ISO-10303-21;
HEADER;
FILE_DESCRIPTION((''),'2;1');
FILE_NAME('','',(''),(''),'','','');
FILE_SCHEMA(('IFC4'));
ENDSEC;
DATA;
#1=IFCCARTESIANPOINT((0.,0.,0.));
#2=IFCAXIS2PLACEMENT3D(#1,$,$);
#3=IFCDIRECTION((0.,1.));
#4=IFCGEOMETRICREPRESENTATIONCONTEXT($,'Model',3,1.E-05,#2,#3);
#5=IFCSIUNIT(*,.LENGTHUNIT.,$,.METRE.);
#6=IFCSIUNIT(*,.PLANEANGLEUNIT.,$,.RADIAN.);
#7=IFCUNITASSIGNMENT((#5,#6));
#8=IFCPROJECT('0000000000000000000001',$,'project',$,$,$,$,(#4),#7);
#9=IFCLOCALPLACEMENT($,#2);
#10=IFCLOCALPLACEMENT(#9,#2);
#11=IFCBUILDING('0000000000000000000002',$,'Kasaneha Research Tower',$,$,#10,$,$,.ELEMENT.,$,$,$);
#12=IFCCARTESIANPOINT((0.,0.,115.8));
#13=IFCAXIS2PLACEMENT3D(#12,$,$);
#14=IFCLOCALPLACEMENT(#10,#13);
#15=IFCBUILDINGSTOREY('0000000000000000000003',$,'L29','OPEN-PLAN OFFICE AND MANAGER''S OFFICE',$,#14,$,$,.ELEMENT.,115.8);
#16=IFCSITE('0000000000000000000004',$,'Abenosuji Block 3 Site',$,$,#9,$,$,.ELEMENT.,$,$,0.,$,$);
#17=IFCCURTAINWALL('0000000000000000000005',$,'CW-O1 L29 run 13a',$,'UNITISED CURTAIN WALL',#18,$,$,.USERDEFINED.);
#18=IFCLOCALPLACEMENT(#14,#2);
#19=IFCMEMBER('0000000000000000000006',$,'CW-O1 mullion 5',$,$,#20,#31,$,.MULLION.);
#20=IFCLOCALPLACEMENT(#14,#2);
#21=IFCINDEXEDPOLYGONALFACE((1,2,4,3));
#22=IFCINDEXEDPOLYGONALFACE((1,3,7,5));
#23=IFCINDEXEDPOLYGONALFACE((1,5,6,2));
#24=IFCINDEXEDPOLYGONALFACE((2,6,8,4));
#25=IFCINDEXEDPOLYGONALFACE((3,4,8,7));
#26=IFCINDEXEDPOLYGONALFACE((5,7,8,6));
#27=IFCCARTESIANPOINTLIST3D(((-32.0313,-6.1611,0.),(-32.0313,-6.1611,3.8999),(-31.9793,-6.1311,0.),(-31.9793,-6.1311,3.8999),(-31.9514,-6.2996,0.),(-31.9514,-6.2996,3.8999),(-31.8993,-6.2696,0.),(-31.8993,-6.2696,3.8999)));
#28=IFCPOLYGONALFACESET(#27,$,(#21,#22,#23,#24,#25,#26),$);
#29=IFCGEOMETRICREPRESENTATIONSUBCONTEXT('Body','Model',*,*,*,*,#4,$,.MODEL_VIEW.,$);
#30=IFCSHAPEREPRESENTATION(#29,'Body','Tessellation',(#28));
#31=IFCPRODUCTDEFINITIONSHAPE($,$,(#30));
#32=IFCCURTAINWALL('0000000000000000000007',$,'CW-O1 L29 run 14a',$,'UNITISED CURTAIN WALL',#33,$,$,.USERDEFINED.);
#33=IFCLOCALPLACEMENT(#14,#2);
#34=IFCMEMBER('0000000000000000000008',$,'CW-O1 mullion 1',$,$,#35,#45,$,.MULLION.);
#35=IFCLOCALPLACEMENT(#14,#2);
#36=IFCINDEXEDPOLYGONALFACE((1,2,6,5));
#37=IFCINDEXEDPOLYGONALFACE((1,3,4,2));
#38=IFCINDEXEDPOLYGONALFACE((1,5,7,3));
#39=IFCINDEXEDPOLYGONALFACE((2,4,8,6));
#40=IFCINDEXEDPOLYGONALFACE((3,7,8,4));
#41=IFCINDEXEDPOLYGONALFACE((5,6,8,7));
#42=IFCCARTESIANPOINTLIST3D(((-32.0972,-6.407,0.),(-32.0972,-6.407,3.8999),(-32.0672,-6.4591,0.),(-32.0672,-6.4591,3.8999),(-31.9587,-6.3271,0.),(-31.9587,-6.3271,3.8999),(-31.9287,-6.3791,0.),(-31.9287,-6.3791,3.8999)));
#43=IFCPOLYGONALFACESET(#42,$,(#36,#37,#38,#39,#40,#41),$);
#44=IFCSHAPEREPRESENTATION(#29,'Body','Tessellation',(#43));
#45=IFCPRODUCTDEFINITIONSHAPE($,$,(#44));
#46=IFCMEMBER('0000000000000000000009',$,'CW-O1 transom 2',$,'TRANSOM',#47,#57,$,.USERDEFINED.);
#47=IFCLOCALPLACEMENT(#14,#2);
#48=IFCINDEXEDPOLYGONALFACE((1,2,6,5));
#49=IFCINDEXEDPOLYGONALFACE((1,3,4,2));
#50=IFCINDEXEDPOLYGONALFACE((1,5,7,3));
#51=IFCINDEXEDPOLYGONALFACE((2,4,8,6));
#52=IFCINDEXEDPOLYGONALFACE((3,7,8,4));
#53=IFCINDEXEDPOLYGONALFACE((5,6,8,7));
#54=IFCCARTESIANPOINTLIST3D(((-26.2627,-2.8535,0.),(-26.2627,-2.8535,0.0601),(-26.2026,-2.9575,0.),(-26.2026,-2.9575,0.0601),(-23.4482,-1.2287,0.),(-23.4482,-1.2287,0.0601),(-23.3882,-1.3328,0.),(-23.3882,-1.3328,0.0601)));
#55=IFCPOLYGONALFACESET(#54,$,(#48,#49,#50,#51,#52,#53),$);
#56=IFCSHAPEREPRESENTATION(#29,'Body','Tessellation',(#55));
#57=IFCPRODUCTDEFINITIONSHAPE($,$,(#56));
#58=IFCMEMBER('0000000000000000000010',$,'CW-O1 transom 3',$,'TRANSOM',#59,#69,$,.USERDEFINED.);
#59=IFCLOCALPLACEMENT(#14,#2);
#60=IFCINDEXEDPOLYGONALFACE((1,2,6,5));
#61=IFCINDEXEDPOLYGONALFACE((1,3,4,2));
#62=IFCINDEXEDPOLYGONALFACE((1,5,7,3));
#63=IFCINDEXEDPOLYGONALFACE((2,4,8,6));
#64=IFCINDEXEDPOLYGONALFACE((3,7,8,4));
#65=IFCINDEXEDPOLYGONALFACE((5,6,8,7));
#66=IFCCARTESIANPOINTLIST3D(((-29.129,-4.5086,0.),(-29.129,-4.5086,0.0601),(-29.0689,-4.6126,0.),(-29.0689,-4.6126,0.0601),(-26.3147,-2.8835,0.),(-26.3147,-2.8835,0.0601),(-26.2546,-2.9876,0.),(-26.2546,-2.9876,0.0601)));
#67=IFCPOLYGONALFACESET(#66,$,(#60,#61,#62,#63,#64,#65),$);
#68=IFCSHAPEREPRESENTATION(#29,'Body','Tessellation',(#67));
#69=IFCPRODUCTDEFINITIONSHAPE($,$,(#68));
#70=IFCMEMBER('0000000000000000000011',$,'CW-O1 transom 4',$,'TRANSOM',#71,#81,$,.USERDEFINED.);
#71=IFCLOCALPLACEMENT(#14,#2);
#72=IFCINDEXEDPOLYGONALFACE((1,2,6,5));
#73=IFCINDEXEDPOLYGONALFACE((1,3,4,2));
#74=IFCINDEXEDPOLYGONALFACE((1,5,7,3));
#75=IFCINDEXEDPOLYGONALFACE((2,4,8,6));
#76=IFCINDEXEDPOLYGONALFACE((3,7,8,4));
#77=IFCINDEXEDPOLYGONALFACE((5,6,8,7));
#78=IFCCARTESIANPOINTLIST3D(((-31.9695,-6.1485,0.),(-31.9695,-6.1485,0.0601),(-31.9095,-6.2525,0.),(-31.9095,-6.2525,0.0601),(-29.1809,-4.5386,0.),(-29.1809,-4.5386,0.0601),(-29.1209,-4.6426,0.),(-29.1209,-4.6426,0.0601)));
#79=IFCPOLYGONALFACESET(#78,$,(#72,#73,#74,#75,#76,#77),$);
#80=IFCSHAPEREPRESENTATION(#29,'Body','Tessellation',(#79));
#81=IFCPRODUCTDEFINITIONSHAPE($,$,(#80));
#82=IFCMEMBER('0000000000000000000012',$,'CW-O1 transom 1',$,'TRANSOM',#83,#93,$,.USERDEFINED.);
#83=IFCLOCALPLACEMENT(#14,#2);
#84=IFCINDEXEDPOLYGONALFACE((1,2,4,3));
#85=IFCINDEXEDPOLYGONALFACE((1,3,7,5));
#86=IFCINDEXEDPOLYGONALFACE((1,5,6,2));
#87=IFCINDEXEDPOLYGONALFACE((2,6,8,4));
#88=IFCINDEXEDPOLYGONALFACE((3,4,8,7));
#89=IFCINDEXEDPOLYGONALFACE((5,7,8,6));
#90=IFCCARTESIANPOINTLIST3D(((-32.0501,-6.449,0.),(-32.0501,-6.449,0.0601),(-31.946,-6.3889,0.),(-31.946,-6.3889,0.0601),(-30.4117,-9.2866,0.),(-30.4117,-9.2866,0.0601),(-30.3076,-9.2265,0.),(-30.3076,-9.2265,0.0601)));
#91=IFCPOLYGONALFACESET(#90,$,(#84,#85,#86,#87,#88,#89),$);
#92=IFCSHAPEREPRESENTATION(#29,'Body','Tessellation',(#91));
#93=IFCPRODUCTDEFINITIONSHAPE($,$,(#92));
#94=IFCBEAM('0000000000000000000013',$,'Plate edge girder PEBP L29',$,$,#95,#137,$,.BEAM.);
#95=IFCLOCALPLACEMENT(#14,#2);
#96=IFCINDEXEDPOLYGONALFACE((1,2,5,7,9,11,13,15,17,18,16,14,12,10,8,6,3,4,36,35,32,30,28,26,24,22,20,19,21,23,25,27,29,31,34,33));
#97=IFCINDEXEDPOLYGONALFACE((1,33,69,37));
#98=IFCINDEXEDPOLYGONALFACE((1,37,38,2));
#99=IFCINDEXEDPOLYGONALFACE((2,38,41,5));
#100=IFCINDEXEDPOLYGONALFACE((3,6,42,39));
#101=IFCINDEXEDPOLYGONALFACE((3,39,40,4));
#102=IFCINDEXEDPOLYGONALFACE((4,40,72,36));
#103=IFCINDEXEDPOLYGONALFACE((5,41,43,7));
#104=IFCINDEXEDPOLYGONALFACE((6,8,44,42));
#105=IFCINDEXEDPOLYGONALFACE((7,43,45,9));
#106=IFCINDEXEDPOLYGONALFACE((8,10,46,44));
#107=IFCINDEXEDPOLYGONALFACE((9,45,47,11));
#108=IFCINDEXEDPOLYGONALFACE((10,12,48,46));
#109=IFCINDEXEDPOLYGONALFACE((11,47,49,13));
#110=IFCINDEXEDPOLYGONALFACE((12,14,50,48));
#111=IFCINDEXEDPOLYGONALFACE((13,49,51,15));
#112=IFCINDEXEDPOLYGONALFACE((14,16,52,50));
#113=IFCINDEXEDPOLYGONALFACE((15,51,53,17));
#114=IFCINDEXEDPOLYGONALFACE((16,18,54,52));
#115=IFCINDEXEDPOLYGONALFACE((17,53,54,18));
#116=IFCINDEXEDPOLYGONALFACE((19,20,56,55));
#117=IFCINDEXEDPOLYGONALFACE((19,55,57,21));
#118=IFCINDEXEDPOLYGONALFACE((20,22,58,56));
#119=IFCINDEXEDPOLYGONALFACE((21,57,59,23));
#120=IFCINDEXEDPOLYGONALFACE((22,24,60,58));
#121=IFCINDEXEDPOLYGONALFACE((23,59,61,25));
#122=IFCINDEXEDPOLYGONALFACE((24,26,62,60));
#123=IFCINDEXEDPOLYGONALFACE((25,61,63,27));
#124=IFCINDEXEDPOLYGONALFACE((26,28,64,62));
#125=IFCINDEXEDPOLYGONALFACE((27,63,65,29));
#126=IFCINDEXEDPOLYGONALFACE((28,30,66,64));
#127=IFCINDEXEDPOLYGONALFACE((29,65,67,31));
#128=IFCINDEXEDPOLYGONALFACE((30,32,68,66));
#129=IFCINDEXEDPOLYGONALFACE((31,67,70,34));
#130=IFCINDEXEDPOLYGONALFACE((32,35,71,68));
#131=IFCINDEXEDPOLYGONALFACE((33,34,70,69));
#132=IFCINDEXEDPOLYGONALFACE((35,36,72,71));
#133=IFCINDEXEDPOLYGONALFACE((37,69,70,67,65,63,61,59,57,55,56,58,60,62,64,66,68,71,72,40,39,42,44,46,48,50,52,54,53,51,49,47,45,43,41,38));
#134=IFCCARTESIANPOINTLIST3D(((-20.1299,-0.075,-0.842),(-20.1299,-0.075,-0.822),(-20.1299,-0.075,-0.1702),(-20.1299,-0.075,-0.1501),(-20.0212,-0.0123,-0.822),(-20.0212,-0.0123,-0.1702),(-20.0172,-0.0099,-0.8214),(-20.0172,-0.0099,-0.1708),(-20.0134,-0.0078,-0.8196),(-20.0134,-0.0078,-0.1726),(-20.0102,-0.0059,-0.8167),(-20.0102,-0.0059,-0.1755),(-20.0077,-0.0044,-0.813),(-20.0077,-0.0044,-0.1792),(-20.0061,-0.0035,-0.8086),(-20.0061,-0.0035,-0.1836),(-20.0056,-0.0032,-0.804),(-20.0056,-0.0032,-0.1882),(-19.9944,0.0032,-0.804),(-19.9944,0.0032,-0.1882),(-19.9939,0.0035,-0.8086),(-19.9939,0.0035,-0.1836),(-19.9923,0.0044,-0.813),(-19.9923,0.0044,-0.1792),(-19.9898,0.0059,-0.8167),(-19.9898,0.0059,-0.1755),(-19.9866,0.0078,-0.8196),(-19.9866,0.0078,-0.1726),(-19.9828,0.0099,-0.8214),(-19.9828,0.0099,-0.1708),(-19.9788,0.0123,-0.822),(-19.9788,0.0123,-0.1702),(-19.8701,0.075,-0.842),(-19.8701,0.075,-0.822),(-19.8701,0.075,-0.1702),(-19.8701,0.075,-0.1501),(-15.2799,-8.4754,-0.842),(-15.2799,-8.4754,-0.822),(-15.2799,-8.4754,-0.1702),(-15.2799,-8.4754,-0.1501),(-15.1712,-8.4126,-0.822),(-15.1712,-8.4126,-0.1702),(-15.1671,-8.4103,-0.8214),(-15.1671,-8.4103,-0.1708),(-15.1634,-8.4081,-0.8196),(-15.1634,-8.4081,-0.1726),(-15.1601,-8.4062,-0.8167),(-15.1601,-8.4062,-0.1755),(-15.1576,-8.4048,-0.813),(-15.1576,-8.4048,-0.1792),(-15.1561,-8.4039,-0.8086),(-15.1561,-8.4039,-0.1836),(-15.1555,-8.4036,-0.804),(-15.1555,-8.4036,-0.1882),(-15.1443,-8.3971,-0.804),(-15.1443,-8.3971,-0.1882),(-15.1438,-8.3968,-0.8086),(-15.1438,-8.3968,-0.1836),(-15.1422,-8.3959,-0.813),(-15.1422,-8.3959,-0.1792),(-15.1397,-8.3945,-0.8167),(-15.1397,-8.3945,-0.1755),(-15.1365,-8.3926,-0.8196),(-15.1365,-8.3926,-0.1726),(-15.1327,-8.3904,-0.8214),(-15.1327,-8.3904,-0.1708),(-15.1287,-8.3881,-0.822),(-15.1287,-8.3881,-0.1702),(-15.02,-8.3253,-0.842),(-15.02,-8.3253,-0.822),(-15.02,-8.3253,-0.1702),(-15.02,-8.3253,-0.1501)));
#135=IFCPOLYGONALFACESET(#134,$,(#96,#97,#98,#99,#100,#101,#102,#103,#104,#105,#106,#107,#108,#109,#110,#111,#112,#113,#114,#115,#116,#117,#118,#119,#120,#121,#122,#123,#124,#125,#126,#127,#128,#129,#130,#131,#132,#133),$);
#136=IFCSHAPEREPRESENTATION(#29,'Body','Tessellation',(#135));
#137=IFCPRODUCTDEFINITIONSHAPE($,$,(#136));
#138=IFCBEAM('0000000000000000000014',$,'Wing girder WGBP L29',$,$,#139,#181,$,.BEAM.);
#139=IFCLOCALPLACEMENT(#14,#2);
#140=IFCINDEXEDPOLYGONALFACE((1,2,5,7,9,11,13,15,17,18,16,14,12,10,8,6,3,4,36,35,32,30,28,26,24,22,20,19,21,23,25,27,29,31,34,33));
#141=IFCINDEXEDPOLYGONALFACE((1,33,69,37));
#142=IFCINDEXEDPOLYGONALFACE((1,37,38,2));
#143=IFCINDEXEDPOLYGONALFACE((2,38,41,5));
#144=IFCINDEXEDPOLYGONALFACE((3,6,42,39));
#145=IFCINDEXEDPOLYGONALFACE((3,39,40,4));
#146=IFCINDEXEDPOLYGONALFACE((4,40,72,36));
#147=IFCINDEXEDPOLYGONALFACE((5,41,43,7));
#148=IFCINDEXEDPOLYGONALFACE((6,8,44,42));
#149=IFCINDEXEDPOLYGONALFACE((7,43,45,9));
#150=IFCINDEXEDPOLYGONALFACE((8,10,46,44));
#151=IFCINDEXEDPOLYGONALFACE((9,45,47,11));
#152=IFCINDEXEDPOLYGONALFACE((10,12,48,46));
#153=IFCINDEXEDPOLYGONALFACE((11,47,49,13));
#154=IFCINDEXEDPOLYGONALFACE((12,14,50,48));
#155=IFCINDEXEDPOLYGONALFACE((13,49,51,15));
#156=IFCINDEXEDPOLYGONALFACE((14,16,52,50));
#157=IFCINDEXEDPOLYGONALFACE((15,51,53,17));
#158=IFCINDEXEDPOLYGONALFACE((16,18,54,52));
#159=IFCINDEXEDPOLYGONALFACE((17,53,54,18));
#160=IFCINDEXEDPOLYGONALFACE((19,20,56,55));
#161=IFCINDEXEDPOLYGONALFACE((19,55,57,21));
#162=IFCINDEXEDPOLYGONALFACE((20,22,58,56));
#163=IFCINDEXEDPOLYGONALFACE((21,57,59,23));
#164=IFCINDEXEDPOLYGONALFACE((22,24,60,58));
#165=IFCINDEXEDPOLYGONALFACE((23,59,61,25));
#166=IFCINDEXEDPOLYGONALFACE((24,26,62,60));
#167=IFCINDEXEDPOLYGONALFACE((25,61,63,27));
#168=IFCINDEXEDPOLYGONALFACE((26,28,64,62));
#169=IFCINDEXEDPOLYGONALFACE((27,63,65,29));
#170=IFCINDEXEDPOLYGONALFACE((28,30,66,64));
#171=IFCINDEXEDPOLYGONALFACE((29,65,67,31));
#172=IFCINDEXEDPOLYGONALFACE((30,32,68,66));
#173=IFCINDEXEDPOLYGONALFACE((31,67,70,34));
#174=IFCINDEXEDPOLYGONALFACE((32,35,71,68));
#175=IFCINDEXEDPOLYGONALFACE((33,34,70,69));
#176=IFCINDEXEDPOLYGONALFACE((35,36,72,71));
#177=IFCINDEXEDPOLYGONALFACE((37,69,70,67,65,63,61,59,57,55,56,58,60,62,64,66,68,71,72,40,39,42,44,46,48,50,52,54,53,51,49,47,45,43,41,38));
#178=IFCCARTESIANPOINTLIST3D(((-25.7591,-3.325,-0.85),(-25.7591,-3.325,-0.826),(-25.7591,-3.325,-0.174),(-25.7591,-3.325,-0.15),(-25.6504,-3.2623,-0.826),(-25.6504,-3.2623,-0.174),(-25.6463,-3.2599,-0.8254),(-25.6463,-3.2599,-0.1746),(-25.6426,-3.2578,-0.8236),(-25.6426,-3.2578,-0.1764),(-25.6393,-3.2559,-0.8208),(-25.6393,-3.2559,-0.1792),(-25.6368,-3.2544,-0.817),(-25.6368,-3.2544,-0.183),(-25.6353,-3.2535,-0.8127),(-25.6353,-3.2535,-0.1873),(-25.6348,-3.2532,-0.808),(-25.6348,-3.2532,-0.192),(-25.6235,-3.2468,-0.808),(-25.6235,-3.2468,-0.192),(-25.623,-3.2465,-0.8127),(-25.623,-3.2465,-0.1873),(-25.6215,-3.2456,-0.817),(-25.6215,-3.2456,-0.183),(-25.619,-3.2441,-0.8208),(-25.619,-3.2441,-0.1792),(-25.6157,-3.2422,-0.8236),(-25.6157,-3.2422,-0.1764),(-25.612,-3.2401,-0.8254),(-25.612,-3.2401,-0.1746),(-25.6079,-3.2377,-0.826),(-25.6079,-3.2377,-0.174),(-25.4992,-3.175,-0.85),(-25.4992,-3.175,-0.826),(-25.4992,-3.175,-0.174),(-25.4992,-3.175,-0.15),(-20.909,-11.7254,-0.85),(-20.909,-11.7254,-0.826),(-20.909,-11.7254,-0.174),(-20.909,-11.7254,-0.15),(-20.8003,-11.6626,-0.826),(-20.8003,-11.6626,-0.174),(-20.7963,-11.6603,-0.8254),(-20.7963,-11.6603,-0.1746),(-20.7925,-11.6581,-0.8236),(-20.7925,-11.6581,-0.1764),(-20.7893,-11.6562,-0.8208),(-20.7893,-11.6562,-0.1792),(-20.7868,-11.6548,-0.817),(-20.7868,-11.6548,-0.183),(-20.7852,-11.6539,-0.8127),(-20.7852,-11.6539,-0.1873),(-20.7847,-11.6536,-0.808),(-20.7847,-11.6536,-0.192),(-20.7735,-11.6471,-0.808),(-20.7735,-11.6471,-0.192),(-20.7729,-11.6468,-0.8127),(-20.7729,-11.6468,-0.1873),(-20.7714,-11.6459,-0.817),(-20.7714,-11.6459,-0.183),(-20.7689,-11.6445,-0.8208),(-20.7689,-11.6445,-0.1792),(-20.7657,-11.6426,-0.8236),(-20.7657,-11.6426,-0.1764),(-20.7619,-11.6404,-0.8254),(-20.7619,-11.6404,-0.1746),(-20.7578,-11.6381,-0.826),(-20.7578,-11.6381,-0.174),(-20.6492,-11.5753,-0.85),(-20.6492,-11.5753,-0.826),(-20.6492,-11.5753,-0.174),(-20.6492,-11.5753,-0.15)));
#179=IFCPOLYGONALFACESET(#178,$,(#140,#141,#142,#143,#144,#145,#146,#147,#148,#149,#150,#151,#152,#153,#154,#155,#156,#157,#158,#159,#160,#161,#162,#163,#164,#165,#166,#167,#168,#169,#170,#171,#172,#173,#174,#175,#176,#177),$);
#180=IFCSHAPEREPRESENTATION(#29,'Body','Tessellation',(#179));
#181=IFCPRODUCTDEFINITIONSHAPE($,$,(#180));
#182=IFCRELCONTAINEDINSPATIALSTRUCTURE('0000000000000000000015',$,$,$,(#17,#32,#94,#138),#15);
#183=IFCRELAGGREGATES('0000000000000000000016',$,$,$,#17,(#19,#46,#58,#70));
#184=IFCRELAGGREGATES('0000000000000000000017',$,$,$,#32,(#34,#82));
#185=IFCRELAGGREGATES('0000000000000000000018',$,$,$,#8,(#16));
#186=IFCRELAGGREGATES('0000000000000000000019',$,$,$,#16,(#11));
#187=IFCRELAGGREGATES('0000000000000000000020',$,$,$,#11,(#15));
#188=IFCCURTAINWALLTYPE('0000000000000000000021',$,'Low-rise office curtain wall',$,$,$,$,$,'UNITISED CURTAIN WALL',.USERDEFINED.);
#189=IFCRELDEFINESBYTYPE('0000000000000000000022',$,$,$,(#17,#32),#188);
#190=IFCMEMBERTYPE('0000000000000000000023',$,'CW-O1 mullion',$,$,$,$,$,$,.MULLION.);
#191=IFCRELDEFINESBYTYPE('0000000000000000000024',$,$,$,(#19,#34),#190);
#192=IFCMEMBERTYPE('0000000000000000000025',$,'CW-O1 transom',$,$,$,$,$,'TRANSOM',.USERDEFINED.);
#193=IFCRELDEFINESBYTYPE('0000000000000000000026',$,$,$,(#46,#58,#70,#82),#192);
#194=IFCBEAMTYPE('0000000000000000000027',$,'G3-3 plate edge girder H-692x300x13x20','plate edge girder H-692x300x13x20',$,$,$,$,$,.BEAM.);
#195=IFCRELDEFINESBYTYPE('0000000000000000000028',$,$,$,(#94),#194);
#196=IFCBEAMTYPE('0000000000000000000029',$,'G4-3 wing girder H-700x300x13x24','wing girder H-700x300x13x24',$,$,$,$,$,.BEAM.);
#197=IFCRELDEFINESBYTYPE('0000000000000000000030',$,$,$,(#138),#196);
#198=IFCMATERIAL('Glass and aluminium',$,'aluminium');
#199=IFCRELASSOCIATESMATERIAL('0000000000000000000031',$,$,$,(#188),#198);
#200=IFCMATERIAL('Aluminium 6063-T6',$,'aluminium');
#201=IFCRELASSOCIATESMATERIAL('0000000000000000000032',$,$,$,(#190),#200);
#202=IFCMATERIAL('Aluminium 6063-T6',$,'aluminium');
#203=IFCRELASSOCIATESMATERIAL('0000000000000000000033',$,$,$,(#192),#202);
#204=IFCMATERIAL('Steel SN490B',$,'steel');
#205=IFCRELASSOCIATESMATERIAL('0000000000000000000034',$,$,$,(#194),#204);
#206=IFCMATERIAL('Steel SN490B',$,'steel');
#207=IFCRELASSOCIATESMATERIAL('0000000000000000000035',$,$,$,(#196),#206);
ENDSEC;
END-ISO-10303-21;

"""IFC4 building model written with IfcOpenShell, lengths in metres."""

from ifc_helpers import new_model, si_unit, direction, frame, origin, origin_2d, place, context, subcontext, project, spatial, rectangle, i_section, extrude, material, material_profile, profile_set, type_object, element, aggregate, save


model = new_model("IFC4")

# Units and contexts
model_context = context("Model", 3, precision=1e-05, world=origin(), true_north=direction((0.0, 1.0)))
body_context = subcontext(model_context, "Body", "Model", "MODEL_VIEW")
ifc_project = project(units=[si_unit("LENGTHUNIT", "METRE"), si_unit("PLANEANGLEUNIT", "RADIAN")], contexts=[model_context])

# Site, building, storey
site_placement = place(None, origin())
site = spatial("IfcSite", under=ifc_project, at=site_placement, Name="Abenosuji Block 3 Site", CompositionType="ELEMENT", RefElevation=0.0)
building_placement = place(site_placement, origin())
building = spatial("IfcBuilding", under=site, at=building_placement, Name="Kasaneha Research Tower", CompositionType="ELEMENT")
storey_placement = place(building_placement, frame((0.0, 0.0, 115.8)))
storey = spatial("IfcBuildingStorey", under=building, at=storey_placement, Name="L29", Description="OPEN-PLAN OFFICE AND MANAGER'S OFFICE", CompositionType="ELEMENT", Elevation=115.8)

# Curtain wall, member
ifc_material_1 = material(Name="Glass and aluminium", Category="aluminium")
curtain_wall_type = type_object("IfcCurtainWallType", Name="Low-rise office curtain wall", ElementType="UNITISED CURTAIN WALL", PredefinedType="USERDEFINED", material=ifc_material_1)
curtain_wall_1_placement = place(storey_placement, origin())
curtain_wall_1 = element("IfcCurtainWall", 1, at=curtain_wall_1_placement, inside=storey, type_object=curtain_wall_type, Name="CW-O1 L29 run 13a", ObjectType="UNITISED CURTAIN WALL", PredefinedType="USERDEFINED")
ifc_material_2 = material(Name="Aluminium 6063-T6", Category="aluminium")
ifc_material_profile_1 = material_profile(ifc_material_2, rectangle(XDim=0.0601, YDim=0.1599, at=origin_2d()), Name="CW-O1 mullion 60x160")
ifc_profile_set_1 = profile_set([ifc_material_profile_1], Name="Aluminium 6063-T6")
member_type_1 = type_object("IfcMemberType", Name="CW-O1 mullion", PredefinedType="MULLION", material=ifc_profile_set_1)
member_1_placement = place(storey_placement, frame((-31.9653, -6.2153, 0.0), z_axis=(0.0, 0.0, 1.0), x_axis=(-0.866025, -0.5, 0.0)))
member_1 = element("IfcMember", 2, at=member_1_placement, type_object=member_type_1, Name="CW-O1 mullion 5", PredefinedType="MULLION", context=body_context, shape_type="SweptSolid", body=[
    extrude(rectangle(XDim=0.0601, YDim=0.1599, at=origin_2d()), origin(), (0.0, 0.0, 1.0), 3.8999),
])

# Curtain wall, member
curtain_wall_2_placement = place(storey_placement, origin())
curtain_wall_2 = element("IfcCurtainWall", 3, at=curtain_wall_2_placement, inside=storey, type_object=curtain_wall_type, Name="CW-O1 L29 run 14a", ObjectType="UNITISED CURTAIN WALL", PredefinedType="USERDEFINED")
member_2_placement = place(storey_placement, frame((-32.0129, -6.3931, 0.0), z_axis=(0.0, 0.0, 1.0), x_axis=(0.5, -0.866025, 0.0)))
member_2 = element("IfcMember", 4, at=member_2_placement, type_object=member_type_1, Name="CW-O1 mullion 1", PredefinedType="MULLION", context=body_context, shape_type="SweptSolid", body=[
    extrude(rectangle(XDim=0.0601, YDim=0.1599, at=origin_2d()), origin(), (0.0, 0.0, 1.0), 3.8999),
])

# Members
ifc_material_3 = material(Name="Aluminium 6063-T6", Category="aluminium")
ifc_material_profile_2 = material_profile(ifc_material_3, rectangle(XDim=0.1201, YDim=0.0601, at=origin_2d()), Name="CW-O1 transom 120x60")
ifc_profile_set_2 = profile_set([ifc_material_profile_2], Name="Aluminium 6063-T6")
member_type_2 = type_object("IfcMemberType", Name="CW-O1 transom", ElementType="TRANSOM", PredefinedType="USERDEFINED", material=ifc_profile_set_2)
member_3_placement = place(storey_placement, frame((-23.4182, -1.2808, 0.03), z_axis=(-0.866048, -0.499961, 0.0), x_axis=(0.499961, -0.866048, 0.0)))
member_3 = element("IfcMember", 5, at=member_3_placement, type_object=member_type_2, Name="CW-O1 transom 2", ObjectType="TRANSOM", PredefinedType="USERDEFINED", context=body_context, shape_type="SweptSolid", body=[
    extrude(rectangle(XDim=0.1201, YDim=0.0601, at=origin_2d()), origin(), (0.0, 0.0, 1.0), 3.2498),
])
member_4_placement = place(storey_placement, frame((-26.2847, -2.9355, 0.03), z_axis=(-0.865997, -0.50005, 0.0), x_axis=(0.50005, -0.865997, 0.0)))
member_4 = element("IfcMember", 6, at=member_4_placement, type_object=member_type_2, Name="CW-O1 transom 3", ObjectType="TRANSOM", PredefinedType="USERDEFINED", context=body_context, shape_type="SweptSolid", body=[
    extrude(rectangle(XDim=0.1201, YDim=0.0601, at=origin_2d()), origin(), (0.0, 0.0, 1.0), 3.2498),
])
member_5_placement = place(storey_placement, frame((-29.1509, -4.5906, 0.03), z_axis=(-0.866042, -0.499972, 0.0), x_axis=(0.499972, -0.866042, 0.0)))
member_5 = element("IfcMember", 7, at=member_5_placement, type_object=member_type_2, Name="CW-O1 transom 4", ObjectType="TRANSOM", PredefinedType="USERDEFINED", context=body_context, shape_type="SweptSolid", body=[
    extrude(rectangle(XDim=0.1201, YDim=0.0601, at=origin_2d()), origin(), (0.0, 0.0, 1.0), 3.22),
])
member_6_placement = place(storey_placement, frame((-31.998, -6.4189, 0.03), z_axis=(0.500026, -0.866011, 0.0), x_axis=(0.866011, 0.500026, 0.0)))
member_6 = element("IfcMember", 8, at=member_6_placement, type_object=member_type_2, Name="CW-O1 transom 1", ObjectType="TRANSOM", PredefinedType="USERDEFINED", context=body_context, shape_type="SweptSolid", body=[
    extrude(rectangle(XDim=0.1201, YDim=0.0601, at=origin_2d()), origin(), (0.0, 0.0, 1.0), 3.2766),
])

# Beams
ifc_material_4 = material(Name="Steel SN490B", Category="steel")
ifc_material_profile_3 = material_profile(ifc_material_4, i_section(OverallWidth=0.3, OverallDepth=0.6919, WebThickness=0.0129, FlangeThickness=0.02, FilletRadius=0.0181, at=origin_2d()), Name="H-692x300x13x20")
ifc_profile_set_3 = profile_set([ifc_material_profile_3], Name="Steel SN490B")
beam_type_1 = type_object("IfcBeamType", Name="G3-3 plate edge girder H-692x300x13x20", Description="plate edge girder H-692x300x13x20", PredefinedType="BEAM", material=ifc_profile_set_3)
beam_1_placement = place(storey_placement, frame((-20.0, 0.0, -0.4961), z_axis=(0.50001, -0.86602, 0.0), x_axis=(0.86602, 0.50001, 0.0)))
element("IfcBeam", 9, at=beam_1_placement, inside=storey, type_object=beam_type_1, Name="Plate edge girder PEBP L29", PredefinedType="BEAM", context=body_context, shape_type="SweptSolid", body=[
    extrude(i_section(OverallWidth=0.3, OverallDepth=0.6919, WebThickness=0.0129, FlangeThickness=0.02, FilletRadius=0.0181, at=origin_2d()), origin(), (0.0, 0.0, 1.0), 9.7),
])
ifc_material_5 = material(Name="Steel SN490B", Category="steel")
ifc_material_profile_4 = material_profile(ifc_material_5, i_section(OverallWidth=0.3, OverallDepth=0.7, WebThickness=0.0129, FlangeThickness=0.0239, FilletRadius=0.0181, at=origin_2d()), Name="H-700x300x13x24")
ifc_profile_set_4 = profile_set([ifc_material_profile_4], Name="Steel SN490B")
beam_type_2 = type_object("IfcBeamType", Name="G4-3 wing girder H-700x300x13x24", Description="wing girder H-700x300x13x24", PredefinedType="BEAM", material=ifc_profile_set_4)
beam_2_placement = place(storey_placement, frame((-25.6292, -3.25, -0.5), z_axis=(0.50001, -0.86602, 0.0), x_axis=(0.86602, 0.50001, 0.0)))
element("IfcBeam", 10, at=beam_2_placement, inside=storey, type_object=beam_type_2, Name="Wing girder WGBP L29", PredefinedType="BEAM", context=body_context, shape_type="SweptSolid", body=[
    extrude(i_section(OverallWidth=0.3, OverallDepth=0.7, WebThickness=0.0129, FlangeThickness=0.0239, FilletRadius=0.0181, at=origin_2d()), origin(), (0.0, 0.0, 1.0), 9.7),
])

aggregate(curtain_wall_1, [member_1, member_3, member_4, member_5])
aggregate(curtain_wall_2, [member_2, member_6])

save(model, "model.ifc")
